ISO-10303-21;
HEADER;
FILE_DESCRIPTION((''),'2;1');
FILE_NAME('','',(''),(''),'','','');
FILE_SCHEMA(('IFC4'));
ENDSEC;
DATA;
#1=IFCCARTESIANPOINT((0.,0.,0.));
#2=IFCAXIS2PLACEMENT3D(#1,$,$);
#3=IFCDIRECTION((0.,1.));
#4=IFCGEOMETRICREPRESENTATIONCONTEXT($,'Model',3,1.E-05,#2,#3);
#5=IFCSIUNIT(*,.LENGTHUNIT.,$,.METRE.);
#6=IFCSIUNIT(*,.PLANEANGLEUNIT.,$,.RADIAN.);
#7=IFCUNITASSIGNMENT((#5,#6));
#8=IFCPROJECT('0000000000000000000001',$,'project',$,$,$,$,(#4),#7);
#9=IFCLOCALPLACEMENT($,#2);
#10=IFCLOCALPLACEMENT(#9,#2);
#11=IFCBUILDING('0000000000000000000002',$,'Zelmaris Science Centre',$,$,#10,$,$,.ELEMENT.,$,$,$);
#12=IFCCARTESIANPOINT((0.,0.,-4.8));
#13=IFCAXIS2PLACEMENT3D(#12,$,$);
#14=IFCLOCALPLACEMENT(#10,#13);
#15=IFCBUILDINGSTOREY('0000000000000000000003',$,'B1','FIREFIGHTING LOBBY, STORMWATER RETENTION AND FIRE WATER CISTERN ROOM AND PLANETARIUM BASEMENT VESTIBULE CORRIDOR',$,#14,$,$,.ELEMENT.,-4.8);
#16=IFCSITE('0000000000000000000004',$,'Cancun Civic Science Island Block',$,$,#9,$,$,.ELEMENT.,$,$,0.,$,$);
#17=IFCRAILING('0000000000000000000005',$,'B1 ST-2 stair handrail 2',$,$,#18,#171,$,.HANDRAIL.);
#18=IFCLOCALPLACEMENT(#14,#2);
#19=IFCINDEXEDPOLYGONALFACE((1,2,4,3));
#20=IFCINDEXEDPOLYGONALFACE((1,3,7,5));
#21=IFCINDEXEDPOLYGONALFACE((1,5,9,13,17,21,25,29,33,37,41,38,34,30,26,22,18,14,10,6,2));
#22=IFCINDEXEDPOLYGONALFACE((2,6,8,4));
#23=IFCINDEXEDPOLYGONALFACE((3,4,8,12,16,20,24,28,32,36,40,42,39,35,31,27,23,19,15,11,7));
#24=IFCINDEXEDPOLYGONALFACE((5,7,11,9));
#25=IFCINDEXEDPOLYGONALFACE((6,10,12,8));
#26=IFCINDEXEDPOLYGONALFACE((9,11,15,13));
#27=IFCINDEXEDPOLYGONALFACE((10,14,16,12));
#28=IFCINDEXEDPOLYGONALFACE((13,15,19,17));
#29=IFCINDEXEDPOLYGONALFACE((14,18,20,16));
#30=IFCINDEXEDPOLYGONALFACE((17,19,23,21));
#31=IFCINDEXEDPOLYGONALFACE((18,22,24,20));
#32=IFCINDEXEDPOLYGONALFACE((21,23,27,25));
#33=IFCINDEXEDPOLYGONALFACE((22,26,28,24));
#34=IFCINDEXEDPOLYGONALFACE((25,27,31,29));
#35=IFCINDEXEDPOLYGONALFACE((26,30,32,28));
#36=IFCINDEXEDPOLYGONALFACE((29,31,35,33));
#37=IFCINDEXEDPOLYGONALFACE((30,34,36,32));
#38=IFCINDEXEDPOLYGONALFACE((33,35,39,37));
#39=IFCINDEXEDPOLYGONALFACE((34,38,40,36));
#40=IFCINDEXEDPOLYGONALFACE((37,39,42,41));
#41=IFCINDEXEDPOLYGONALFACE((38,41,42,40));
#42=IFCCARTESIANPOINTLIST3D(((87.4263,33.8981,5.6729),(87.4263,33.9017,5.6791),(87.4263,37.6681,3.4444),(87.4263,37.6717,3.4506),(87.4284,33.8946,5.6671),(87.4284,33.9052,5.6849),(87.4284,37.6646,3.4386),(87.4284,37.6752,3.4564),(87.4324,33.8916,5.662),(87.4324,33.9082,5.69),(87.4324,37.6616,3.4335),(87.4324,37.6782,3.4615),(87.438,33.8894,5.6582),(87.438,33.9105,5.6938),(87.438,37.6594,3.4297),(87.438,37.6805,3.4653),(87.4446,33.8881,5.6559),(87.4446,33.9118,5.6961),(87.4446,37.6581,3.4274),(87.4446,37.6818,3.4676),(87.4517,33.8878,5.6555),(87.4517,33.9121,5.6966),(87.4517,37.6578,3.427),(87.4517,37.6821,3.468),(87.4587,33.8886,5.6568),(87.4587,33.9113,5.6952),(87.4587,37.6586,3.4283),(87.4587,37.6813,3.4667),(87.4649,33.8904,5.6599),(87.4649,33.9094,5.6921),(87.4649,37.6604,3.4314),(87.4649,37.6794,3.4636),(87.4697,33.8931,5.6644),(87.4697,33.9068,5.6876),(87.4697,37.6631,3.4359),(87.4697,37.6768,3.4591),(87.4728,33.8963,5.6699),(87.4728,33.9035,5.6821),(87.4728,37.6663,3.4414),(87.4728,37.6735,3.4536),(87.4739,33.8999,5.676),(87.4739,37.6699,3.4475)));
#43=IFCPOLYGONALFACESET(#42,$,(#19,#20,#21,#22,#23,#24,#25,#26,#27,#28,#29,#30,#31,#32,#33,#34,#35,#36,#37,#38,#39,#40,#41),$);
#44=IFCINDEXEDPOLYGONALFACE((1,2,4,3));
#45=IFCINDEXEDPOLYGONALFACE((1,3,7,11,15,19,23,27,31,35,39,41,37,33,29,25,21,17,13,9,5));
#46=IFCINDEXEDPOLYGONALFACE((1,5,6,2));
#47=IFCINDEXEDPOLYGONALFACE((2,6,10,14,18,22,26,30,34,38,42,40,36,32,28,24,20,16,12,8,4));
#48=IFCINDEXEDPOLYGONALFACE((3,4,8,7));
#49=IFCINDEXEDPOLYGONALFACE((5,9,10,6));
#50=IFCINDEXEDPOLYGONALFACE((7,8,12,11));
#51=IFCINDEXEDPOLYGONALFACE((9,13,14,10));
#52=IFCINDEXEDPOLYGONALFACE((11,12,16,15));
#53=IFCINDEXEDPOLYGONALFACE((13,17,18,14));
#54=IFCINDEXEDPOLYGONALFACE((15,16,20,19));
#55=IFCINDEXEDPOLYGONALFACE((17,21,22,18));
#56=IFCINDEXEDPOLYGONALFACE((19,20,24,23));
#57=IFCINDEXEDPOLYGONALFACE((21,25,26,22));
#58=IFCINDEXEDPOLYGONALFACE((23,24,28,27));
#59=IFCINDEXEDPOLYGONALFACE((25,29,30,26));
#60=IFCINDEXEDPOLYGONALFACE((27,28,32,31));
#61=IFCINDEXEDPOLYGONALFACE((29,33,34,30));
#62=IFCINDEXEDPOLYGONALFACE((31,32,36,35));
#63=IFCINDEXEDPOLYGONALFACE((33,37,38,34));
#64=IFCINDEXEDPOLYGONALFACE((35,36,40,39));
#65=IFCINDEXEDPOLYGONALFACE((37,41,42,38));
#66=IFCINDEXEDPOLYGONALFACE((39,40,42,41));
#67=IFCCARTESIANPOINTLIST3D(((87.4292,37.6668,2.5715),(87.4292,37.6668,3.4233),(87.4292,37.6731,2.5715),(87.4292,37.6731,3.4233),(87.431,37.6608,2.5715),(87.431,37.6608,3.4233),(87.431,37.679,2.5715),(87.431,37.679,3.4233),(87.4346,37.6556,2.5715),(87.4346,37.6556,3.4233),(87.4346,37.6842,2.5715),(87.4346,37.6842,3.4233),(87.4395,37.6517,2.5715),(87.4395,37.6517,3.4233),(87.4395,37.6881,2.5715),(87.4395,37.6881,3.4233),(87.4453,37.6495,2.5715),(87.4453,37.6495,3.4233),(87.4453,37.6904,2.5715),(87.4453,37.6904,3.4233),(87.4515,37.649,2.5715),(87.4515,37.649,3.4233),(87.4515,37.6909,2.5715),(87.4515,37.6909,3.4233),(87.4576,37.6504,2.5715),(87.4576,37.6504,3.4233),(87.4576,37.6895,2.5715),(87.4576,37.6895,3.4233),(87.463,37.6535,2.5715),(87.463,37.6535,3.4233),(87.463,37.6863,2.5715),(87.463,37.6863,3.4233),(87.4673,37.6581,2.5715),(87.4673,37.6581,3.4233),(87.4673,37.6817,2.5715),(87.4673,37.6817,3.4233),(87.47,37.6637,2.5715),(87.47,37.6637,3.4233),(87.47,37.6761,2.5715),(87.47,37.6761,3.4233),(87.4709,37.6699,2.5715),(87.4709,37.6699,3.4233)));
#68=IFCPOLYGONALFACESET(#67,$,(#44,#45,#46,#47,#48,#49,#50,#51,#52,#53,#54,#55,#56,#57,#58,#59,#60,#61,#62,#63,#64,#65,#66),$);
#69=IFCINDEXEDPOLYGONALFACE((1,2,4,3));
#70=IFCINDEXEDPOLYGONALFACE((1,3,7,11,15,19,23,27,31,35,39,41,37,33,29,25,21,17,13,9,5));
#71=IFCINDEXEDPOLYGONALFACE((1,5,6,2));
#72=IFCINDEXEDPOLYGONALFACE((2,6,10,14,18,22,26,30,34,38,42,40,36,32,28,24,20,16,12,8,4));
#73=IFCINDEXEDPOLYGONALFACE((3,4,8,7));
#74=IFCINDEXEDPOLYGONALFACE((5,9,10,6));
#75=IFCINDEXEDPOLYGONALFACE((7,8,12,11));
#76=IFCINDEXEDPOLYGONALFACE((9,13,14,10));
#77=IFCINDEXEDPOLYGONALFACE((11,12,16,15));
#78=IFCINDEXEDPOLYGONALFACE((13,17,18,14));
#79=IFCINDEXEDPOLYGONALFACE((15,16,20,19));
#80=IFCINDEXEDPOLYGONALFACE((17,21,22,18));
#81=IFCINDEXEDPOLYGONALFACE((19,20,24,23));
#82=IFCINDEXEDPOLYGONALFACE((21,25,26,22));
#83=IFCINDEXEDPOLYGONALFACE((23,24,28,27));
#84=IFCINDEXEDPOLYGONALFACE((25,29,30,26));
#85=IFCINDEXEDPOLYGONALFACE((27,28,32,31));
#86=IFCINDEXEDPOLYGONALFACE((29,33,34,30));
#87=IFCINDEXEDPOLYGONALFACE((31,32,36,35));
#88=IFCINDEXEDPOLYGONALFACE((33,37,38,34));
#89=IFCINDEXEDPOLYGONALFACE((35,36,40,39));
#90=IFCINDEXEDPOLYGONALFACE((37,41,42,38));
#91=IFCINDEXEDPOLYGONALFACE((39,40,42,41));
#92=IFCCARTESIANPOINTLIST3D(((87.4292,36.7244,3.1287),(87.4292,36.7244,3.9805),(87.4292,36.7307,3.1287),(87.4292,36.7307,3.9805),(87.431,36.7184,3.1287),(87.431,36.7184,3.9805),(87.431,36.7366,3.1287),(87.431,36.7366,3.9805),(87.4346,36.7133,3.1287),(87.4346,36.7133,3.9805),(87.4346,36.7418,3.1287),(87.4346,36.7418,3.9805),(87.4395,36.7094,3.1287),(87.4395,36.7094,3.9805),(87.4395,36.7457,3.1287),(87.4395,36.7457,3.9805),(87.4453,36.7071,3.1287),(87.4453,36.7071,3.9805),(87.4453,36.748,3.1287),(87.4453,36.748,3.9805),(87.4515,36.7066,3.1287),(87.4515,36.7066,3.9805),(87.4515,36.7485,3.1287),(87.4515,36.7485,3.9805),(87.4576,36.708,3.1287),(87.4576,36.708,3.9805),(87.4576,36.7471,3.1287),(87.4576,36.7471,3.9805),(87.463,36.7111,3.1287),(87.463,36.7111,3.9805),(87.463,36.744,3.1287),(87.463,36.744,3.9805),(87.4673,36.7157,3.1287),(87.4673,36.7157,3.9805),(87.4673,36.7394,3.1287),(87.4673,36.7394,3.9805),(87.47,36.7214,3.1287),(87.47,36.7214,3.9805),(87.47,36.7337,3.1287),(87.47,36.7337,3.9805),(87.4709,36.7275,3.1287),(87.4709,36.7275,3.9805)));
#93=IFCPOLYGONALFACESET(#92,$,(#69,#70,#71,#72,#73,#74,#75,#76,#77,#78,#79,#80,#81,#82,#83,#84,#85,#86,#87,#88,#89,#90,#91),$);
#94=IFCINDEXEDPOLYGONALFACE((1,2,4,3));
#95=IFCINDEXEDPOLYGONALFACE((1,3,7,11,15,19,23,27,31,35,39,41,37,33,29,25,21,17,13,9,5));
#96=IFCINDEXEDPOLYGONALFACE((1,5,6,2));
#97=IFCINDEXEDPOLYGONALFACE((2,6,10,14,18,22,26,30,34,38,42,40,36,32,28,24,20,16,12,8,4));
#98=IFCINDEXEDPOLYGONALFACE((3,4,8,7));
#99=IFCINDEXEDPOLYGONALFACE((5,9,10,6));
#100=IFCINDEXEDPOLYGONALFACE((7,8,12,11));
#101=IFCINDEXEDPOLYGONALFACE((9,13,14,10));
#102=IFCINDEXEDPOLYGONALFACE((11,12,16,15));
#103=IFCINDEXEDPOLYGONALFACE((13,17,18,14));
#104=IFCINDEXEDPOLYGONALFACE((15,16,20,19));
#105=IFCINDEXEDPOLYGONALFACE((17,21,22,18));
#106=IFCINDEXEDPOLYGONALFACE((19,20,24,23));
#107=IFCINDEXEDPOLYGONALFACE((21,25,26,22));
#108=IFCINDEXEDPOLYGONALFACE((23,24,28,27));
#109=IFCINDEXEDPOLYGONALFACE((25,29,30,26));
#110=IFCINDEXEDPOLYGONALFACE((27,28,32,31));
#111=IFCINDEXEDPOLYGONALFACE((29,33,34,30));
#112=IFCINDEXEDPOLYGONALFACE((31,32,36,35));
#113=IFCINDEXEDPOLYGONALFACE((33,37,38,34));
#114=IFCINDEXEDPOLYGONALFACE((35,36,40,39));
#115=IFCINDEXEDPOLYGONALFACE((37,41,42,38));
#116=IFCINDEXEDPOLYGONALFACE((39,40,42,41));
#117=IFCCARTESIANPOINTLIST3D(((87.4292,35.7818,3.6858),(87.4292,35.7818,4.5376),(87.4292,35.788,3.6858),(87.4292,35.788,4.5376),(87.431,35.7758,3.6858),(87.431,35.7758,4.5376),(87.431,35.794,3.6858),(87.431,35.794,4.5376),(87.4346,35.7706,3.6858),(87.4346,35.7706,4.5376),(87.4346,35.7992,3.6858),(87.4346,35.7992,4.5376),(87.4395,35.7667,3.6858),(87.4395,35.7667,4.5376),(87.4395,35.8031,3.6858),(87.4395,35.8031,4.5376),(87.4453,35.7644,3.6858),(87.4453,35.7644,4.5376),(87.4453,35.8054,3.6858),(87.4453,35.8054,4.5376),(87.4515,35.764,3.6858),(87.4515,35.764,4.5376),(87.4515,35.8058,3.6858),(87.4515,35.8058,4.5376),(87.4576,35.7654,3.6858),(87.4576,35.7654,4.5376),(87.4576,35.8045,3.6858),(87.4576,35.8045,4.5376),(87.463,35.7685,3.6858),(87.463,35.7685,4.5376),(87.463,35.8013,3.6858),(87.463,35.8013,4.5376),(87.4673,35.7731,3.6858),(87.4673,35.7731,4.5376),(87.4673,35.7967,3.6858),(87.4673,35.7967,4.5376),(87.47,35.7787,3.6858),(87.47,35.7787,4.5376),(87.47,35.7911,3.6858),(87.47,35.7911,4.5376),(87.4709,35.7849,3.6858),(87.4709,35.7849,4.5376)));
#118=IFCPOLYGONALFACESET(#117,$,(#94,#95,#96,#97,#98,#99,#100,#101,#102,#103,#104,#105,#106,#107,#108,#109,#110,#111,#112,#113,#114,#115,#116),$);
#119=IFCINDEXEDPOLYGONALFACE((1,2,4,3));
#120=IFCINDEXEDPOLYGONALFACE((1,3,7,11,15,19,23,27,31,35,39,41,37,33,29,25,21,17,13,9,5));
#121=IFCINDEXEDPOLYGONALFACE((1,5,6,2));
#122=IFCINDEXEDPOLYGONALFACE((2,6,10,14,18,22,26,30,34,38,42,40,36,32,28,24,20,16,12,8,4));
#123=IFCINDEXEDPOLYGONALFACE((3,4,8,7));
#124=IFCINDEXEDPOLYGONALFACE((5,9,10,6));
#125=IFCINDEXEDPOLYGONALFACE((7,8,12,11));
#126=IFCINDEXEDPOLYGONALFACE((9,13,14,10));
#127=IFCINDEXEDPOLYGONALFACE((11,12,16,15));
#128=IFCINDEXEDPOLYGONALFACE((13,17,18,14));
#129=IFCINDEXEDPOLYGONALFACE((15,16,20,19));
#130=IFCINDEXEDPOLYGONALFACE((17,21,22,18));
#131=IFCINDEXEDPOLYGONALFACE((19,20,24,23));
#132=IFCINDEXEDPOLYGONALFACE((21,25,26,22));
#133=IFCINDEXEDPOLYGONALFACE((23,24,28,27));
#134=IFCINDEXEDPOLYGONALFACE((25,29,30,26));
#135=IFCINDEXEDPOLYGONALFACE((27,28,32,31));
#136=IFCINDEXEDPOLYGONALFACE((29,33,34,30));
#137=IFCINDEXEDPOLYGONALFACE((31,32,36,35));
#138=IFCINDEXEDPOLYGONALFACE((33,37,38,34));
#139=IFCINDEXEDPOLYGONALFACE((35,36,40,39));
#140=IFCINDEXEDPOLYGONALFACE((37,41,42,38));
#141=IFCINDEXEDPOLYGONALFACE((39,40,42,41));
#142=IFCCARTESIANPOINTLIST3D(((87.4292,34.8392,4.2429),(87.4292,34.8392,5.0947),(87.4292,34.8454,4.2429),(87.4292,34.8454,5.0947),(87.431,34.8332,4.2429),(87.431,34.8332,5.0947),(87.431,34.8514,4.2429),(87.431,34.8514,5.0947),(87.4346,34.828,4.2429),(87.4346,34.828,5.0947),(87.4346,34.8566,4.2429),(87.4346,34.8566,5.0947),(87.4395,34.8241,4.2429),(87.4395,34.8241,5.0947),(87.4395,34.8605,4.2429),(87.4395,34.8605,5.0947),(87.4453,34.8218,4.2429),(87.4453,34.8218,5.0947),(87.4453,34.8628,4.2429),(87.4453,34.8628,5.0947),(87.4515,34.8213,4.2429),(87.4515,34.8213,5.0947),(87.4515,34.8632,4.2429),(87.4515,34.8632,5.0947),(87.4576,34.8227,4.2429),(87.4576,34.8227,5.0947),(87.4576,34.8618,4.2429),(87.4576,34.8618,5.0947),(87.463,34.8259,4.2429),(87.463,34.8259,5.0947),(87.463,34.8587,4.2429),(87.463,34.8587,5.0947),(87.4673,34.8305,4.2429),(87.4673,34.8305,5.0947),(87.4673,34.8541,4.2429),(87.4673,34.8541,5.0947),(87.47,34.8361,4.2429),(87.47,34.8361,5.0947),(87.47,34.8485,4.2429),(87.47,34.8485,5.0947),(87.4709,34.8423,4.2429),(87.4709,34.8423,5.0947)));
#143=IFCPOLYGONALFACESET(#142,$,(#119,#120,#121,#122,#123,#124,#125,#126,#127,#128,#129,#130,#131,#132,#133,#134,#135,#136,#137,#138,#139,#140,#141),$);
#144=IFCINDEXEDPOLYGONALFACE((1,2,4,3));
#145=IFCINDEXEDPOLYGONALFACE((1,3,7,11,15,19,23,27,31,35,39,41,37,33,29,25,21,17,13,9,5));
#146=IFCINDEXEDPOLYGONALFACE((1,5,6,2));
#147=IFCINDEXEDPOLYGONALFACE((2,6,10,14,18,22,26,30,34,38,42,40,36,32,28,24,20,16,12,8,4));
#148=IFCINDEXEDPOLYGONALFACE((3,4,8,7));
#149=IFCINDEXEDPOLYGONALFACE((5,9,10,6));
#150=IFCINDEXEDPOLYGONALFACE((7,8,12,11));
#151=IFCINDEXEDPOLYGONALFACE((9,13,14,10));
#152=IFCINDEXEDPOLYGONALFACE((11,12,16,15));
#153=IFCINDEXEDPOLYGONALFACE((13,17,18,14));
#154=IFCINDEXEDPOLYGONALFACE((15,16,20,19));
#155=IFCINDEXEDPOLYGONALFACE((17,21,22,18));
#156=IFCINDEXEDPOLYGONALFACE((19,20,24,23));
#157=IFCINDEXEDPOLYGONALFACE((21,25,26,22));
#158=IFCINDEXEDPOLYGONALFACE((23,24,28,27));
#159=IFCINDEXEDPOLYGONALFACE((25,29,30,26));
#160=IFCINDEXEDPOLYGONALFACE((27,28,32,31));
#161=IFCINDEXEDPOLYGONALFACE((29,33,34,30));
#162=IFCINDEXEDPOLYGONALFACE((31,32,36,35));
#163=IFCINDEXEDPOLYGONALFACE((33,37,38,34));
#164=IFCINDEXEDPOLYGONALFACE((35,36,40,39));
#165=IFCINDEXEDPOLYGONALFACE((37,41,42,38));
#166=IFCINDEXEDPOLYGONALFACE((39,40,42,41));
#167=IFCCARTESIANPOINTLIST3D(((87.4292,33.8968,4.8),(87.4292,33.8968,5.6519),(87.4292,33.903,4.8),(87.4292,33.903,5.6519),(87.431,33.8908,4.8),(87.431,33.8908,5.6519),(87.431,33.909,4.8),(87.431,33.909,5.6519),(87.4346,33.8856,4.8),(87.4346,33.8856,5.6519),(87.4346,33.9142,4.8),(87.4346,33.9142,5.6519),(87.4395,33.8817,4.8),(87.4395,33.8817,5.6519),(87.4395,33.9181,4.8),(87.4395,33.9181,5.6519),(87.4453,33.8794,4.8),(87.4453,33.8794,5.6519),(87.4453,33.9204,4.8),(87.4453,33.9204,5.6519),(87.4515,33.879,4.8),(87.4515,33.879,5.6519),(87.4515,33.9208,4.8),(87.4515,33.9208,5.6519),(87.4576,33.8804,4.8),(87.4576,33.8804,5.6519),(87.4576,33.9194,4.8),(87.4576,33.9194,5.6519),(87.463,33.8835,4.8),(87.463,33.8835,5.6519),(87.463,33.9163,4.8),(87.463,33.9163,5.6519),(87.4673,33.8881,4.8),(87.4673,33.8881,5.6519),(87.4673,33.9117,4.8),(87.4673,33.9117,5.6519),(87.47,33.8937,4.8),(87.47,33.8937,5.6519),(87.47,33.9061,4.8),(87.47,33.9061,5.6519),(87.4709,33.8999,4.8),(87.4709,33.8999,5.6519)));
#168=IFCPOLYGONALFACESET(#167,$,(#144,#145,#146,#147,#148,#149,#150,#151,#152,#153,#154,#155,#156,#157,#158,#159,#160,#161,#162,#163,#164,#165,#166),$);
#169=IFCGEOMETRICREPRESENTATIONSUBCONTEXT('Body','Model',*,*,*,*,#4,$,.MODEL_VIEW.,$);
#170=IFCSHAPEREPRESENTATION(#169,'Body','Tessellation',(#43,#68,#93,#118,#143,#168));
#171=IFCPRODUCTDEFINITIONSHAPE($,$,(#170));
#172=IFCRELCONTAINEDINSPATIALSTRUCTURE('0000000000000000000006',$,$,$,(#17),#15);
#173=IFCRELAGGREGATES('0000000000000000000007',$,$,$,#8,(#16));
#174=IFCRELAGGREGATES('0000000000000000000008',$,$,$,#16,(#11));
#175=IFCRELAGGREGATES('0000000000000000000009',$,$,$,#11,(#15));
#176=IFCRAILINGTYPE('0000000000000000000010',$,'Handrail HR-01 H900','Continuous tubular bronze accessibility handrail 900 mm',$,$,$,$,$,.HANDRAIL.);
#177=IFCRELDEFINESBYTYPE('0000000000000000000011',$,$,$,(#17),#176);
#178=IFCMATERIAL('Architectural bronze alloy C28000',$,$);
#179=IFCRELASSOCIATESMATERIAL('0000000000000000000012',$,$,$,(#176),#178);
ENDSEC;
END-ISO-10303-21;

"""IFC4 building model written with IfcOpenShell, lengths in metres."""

from ifc_helpers import new_model, si_unit, direction, frame, origin, origin_2d, place, context, subcontext, project, spatial, circle, extrude, material, type_object, element, save


model = new_model("IFC4")

# Units and contexts
model_context = context("Model", 3, precision=1e-05, world=origin(), true_north=direction((0.0, 1.0)))
body_context = subcontext(model_context, "Body", "Model", "MODEL_VIEW")
ifc_project = project(units=[si_unit("LENGTHUNIT", "METRE"), si_unit("PLANEANGLEUNIT", "RADIAN")], contexts=[model_context])

# Site, building, storey
site_placement = place(None, origin())
site = spatial("IfcSite", under=ifc_project, at=site_placement, Name="Cancun Civic Science Island Block", CompositionType="ELEMENT", RefElevation=0.0)
building_placement = place(site_placement, origin())
building = spatial("IfcBuilding", under=site, at=building_placement, Name="Zelmaris Science Centre", CompositionType="ELEMENT")
storey_placement = place(building_placement, frame((0.0, 0.0, -4.8)))
storey = spatial("IfcBuildingStorey", under=building, at=storey_placement, Name="B1", Description="FIREFIGHTING LOBBY, STORMWATER RETENTION AND FIRE WATER CISTERN ROOM AND PLANETARIUM BASEMENT VESTIBULE CORRIDOR", CompositionType="ELEMENT", Elevation=-4.8)

# Railing
ifc_material_1 = material(Name="Architectural bronze alloy C28000")
railing_type_1 = type_object("IfcRailingType", Name="Handrail HR-01 H900", Description="Continuous tubular bronze accessibility handrail 900 mm", PredefinedType="HANDRAIL", material=ifc_material_1)
railing_1_placement = place(storey_placement, frame((87.45, 37.6699, 2.5715)))
element("IfcRailing", 1, at=railing_1_placement, inside=storey, type_object=railing_type_1, Name="B1 ST-2 stair handrail 2", PredefinedType="HANDRAIL", context=body_context, shape_type="SweptSolid", body=[
    extrude(circle(Radius=0.0239, at=origin_2d()), frame((0.0, 0.0, 0.876), z_axis=(0.0, -0.860849, 0.508861), x_axis=(1.0, 0.0, 0.0)), (0.0, 0.0, 1.0), 4.3794),
    extrude(circle(Radius=0.021, at=origin_2d()), origin(), (0.0, 0.0, 1.0), 0.8518),
    extrude(circle(Radius=0.021, at=origin_2d()), frame((0.0, -0.9424, 0.5571)), (0.0, 0.0, 1.0), 0.8518),
    extrude(circle(Radius=0.021, at=origin_2d()), frame((0.0, -1.885, 1.1143)), (0.0, 0.0, 1.0), 0.8518),
    extrude(circle(Radius=0.021, at=origin_2d()), frame((0.0, -2.8276, 1.6714)), (0.0, 0.0, 1.0), 0.8518),
    extrude(circle(Radius=0.021, at=origin_2d()), frame((0.0, -3.77, 2.2285)), (0.0, 0.0, 1.0), 0.8518),
])

save(model, "model.ifc")
